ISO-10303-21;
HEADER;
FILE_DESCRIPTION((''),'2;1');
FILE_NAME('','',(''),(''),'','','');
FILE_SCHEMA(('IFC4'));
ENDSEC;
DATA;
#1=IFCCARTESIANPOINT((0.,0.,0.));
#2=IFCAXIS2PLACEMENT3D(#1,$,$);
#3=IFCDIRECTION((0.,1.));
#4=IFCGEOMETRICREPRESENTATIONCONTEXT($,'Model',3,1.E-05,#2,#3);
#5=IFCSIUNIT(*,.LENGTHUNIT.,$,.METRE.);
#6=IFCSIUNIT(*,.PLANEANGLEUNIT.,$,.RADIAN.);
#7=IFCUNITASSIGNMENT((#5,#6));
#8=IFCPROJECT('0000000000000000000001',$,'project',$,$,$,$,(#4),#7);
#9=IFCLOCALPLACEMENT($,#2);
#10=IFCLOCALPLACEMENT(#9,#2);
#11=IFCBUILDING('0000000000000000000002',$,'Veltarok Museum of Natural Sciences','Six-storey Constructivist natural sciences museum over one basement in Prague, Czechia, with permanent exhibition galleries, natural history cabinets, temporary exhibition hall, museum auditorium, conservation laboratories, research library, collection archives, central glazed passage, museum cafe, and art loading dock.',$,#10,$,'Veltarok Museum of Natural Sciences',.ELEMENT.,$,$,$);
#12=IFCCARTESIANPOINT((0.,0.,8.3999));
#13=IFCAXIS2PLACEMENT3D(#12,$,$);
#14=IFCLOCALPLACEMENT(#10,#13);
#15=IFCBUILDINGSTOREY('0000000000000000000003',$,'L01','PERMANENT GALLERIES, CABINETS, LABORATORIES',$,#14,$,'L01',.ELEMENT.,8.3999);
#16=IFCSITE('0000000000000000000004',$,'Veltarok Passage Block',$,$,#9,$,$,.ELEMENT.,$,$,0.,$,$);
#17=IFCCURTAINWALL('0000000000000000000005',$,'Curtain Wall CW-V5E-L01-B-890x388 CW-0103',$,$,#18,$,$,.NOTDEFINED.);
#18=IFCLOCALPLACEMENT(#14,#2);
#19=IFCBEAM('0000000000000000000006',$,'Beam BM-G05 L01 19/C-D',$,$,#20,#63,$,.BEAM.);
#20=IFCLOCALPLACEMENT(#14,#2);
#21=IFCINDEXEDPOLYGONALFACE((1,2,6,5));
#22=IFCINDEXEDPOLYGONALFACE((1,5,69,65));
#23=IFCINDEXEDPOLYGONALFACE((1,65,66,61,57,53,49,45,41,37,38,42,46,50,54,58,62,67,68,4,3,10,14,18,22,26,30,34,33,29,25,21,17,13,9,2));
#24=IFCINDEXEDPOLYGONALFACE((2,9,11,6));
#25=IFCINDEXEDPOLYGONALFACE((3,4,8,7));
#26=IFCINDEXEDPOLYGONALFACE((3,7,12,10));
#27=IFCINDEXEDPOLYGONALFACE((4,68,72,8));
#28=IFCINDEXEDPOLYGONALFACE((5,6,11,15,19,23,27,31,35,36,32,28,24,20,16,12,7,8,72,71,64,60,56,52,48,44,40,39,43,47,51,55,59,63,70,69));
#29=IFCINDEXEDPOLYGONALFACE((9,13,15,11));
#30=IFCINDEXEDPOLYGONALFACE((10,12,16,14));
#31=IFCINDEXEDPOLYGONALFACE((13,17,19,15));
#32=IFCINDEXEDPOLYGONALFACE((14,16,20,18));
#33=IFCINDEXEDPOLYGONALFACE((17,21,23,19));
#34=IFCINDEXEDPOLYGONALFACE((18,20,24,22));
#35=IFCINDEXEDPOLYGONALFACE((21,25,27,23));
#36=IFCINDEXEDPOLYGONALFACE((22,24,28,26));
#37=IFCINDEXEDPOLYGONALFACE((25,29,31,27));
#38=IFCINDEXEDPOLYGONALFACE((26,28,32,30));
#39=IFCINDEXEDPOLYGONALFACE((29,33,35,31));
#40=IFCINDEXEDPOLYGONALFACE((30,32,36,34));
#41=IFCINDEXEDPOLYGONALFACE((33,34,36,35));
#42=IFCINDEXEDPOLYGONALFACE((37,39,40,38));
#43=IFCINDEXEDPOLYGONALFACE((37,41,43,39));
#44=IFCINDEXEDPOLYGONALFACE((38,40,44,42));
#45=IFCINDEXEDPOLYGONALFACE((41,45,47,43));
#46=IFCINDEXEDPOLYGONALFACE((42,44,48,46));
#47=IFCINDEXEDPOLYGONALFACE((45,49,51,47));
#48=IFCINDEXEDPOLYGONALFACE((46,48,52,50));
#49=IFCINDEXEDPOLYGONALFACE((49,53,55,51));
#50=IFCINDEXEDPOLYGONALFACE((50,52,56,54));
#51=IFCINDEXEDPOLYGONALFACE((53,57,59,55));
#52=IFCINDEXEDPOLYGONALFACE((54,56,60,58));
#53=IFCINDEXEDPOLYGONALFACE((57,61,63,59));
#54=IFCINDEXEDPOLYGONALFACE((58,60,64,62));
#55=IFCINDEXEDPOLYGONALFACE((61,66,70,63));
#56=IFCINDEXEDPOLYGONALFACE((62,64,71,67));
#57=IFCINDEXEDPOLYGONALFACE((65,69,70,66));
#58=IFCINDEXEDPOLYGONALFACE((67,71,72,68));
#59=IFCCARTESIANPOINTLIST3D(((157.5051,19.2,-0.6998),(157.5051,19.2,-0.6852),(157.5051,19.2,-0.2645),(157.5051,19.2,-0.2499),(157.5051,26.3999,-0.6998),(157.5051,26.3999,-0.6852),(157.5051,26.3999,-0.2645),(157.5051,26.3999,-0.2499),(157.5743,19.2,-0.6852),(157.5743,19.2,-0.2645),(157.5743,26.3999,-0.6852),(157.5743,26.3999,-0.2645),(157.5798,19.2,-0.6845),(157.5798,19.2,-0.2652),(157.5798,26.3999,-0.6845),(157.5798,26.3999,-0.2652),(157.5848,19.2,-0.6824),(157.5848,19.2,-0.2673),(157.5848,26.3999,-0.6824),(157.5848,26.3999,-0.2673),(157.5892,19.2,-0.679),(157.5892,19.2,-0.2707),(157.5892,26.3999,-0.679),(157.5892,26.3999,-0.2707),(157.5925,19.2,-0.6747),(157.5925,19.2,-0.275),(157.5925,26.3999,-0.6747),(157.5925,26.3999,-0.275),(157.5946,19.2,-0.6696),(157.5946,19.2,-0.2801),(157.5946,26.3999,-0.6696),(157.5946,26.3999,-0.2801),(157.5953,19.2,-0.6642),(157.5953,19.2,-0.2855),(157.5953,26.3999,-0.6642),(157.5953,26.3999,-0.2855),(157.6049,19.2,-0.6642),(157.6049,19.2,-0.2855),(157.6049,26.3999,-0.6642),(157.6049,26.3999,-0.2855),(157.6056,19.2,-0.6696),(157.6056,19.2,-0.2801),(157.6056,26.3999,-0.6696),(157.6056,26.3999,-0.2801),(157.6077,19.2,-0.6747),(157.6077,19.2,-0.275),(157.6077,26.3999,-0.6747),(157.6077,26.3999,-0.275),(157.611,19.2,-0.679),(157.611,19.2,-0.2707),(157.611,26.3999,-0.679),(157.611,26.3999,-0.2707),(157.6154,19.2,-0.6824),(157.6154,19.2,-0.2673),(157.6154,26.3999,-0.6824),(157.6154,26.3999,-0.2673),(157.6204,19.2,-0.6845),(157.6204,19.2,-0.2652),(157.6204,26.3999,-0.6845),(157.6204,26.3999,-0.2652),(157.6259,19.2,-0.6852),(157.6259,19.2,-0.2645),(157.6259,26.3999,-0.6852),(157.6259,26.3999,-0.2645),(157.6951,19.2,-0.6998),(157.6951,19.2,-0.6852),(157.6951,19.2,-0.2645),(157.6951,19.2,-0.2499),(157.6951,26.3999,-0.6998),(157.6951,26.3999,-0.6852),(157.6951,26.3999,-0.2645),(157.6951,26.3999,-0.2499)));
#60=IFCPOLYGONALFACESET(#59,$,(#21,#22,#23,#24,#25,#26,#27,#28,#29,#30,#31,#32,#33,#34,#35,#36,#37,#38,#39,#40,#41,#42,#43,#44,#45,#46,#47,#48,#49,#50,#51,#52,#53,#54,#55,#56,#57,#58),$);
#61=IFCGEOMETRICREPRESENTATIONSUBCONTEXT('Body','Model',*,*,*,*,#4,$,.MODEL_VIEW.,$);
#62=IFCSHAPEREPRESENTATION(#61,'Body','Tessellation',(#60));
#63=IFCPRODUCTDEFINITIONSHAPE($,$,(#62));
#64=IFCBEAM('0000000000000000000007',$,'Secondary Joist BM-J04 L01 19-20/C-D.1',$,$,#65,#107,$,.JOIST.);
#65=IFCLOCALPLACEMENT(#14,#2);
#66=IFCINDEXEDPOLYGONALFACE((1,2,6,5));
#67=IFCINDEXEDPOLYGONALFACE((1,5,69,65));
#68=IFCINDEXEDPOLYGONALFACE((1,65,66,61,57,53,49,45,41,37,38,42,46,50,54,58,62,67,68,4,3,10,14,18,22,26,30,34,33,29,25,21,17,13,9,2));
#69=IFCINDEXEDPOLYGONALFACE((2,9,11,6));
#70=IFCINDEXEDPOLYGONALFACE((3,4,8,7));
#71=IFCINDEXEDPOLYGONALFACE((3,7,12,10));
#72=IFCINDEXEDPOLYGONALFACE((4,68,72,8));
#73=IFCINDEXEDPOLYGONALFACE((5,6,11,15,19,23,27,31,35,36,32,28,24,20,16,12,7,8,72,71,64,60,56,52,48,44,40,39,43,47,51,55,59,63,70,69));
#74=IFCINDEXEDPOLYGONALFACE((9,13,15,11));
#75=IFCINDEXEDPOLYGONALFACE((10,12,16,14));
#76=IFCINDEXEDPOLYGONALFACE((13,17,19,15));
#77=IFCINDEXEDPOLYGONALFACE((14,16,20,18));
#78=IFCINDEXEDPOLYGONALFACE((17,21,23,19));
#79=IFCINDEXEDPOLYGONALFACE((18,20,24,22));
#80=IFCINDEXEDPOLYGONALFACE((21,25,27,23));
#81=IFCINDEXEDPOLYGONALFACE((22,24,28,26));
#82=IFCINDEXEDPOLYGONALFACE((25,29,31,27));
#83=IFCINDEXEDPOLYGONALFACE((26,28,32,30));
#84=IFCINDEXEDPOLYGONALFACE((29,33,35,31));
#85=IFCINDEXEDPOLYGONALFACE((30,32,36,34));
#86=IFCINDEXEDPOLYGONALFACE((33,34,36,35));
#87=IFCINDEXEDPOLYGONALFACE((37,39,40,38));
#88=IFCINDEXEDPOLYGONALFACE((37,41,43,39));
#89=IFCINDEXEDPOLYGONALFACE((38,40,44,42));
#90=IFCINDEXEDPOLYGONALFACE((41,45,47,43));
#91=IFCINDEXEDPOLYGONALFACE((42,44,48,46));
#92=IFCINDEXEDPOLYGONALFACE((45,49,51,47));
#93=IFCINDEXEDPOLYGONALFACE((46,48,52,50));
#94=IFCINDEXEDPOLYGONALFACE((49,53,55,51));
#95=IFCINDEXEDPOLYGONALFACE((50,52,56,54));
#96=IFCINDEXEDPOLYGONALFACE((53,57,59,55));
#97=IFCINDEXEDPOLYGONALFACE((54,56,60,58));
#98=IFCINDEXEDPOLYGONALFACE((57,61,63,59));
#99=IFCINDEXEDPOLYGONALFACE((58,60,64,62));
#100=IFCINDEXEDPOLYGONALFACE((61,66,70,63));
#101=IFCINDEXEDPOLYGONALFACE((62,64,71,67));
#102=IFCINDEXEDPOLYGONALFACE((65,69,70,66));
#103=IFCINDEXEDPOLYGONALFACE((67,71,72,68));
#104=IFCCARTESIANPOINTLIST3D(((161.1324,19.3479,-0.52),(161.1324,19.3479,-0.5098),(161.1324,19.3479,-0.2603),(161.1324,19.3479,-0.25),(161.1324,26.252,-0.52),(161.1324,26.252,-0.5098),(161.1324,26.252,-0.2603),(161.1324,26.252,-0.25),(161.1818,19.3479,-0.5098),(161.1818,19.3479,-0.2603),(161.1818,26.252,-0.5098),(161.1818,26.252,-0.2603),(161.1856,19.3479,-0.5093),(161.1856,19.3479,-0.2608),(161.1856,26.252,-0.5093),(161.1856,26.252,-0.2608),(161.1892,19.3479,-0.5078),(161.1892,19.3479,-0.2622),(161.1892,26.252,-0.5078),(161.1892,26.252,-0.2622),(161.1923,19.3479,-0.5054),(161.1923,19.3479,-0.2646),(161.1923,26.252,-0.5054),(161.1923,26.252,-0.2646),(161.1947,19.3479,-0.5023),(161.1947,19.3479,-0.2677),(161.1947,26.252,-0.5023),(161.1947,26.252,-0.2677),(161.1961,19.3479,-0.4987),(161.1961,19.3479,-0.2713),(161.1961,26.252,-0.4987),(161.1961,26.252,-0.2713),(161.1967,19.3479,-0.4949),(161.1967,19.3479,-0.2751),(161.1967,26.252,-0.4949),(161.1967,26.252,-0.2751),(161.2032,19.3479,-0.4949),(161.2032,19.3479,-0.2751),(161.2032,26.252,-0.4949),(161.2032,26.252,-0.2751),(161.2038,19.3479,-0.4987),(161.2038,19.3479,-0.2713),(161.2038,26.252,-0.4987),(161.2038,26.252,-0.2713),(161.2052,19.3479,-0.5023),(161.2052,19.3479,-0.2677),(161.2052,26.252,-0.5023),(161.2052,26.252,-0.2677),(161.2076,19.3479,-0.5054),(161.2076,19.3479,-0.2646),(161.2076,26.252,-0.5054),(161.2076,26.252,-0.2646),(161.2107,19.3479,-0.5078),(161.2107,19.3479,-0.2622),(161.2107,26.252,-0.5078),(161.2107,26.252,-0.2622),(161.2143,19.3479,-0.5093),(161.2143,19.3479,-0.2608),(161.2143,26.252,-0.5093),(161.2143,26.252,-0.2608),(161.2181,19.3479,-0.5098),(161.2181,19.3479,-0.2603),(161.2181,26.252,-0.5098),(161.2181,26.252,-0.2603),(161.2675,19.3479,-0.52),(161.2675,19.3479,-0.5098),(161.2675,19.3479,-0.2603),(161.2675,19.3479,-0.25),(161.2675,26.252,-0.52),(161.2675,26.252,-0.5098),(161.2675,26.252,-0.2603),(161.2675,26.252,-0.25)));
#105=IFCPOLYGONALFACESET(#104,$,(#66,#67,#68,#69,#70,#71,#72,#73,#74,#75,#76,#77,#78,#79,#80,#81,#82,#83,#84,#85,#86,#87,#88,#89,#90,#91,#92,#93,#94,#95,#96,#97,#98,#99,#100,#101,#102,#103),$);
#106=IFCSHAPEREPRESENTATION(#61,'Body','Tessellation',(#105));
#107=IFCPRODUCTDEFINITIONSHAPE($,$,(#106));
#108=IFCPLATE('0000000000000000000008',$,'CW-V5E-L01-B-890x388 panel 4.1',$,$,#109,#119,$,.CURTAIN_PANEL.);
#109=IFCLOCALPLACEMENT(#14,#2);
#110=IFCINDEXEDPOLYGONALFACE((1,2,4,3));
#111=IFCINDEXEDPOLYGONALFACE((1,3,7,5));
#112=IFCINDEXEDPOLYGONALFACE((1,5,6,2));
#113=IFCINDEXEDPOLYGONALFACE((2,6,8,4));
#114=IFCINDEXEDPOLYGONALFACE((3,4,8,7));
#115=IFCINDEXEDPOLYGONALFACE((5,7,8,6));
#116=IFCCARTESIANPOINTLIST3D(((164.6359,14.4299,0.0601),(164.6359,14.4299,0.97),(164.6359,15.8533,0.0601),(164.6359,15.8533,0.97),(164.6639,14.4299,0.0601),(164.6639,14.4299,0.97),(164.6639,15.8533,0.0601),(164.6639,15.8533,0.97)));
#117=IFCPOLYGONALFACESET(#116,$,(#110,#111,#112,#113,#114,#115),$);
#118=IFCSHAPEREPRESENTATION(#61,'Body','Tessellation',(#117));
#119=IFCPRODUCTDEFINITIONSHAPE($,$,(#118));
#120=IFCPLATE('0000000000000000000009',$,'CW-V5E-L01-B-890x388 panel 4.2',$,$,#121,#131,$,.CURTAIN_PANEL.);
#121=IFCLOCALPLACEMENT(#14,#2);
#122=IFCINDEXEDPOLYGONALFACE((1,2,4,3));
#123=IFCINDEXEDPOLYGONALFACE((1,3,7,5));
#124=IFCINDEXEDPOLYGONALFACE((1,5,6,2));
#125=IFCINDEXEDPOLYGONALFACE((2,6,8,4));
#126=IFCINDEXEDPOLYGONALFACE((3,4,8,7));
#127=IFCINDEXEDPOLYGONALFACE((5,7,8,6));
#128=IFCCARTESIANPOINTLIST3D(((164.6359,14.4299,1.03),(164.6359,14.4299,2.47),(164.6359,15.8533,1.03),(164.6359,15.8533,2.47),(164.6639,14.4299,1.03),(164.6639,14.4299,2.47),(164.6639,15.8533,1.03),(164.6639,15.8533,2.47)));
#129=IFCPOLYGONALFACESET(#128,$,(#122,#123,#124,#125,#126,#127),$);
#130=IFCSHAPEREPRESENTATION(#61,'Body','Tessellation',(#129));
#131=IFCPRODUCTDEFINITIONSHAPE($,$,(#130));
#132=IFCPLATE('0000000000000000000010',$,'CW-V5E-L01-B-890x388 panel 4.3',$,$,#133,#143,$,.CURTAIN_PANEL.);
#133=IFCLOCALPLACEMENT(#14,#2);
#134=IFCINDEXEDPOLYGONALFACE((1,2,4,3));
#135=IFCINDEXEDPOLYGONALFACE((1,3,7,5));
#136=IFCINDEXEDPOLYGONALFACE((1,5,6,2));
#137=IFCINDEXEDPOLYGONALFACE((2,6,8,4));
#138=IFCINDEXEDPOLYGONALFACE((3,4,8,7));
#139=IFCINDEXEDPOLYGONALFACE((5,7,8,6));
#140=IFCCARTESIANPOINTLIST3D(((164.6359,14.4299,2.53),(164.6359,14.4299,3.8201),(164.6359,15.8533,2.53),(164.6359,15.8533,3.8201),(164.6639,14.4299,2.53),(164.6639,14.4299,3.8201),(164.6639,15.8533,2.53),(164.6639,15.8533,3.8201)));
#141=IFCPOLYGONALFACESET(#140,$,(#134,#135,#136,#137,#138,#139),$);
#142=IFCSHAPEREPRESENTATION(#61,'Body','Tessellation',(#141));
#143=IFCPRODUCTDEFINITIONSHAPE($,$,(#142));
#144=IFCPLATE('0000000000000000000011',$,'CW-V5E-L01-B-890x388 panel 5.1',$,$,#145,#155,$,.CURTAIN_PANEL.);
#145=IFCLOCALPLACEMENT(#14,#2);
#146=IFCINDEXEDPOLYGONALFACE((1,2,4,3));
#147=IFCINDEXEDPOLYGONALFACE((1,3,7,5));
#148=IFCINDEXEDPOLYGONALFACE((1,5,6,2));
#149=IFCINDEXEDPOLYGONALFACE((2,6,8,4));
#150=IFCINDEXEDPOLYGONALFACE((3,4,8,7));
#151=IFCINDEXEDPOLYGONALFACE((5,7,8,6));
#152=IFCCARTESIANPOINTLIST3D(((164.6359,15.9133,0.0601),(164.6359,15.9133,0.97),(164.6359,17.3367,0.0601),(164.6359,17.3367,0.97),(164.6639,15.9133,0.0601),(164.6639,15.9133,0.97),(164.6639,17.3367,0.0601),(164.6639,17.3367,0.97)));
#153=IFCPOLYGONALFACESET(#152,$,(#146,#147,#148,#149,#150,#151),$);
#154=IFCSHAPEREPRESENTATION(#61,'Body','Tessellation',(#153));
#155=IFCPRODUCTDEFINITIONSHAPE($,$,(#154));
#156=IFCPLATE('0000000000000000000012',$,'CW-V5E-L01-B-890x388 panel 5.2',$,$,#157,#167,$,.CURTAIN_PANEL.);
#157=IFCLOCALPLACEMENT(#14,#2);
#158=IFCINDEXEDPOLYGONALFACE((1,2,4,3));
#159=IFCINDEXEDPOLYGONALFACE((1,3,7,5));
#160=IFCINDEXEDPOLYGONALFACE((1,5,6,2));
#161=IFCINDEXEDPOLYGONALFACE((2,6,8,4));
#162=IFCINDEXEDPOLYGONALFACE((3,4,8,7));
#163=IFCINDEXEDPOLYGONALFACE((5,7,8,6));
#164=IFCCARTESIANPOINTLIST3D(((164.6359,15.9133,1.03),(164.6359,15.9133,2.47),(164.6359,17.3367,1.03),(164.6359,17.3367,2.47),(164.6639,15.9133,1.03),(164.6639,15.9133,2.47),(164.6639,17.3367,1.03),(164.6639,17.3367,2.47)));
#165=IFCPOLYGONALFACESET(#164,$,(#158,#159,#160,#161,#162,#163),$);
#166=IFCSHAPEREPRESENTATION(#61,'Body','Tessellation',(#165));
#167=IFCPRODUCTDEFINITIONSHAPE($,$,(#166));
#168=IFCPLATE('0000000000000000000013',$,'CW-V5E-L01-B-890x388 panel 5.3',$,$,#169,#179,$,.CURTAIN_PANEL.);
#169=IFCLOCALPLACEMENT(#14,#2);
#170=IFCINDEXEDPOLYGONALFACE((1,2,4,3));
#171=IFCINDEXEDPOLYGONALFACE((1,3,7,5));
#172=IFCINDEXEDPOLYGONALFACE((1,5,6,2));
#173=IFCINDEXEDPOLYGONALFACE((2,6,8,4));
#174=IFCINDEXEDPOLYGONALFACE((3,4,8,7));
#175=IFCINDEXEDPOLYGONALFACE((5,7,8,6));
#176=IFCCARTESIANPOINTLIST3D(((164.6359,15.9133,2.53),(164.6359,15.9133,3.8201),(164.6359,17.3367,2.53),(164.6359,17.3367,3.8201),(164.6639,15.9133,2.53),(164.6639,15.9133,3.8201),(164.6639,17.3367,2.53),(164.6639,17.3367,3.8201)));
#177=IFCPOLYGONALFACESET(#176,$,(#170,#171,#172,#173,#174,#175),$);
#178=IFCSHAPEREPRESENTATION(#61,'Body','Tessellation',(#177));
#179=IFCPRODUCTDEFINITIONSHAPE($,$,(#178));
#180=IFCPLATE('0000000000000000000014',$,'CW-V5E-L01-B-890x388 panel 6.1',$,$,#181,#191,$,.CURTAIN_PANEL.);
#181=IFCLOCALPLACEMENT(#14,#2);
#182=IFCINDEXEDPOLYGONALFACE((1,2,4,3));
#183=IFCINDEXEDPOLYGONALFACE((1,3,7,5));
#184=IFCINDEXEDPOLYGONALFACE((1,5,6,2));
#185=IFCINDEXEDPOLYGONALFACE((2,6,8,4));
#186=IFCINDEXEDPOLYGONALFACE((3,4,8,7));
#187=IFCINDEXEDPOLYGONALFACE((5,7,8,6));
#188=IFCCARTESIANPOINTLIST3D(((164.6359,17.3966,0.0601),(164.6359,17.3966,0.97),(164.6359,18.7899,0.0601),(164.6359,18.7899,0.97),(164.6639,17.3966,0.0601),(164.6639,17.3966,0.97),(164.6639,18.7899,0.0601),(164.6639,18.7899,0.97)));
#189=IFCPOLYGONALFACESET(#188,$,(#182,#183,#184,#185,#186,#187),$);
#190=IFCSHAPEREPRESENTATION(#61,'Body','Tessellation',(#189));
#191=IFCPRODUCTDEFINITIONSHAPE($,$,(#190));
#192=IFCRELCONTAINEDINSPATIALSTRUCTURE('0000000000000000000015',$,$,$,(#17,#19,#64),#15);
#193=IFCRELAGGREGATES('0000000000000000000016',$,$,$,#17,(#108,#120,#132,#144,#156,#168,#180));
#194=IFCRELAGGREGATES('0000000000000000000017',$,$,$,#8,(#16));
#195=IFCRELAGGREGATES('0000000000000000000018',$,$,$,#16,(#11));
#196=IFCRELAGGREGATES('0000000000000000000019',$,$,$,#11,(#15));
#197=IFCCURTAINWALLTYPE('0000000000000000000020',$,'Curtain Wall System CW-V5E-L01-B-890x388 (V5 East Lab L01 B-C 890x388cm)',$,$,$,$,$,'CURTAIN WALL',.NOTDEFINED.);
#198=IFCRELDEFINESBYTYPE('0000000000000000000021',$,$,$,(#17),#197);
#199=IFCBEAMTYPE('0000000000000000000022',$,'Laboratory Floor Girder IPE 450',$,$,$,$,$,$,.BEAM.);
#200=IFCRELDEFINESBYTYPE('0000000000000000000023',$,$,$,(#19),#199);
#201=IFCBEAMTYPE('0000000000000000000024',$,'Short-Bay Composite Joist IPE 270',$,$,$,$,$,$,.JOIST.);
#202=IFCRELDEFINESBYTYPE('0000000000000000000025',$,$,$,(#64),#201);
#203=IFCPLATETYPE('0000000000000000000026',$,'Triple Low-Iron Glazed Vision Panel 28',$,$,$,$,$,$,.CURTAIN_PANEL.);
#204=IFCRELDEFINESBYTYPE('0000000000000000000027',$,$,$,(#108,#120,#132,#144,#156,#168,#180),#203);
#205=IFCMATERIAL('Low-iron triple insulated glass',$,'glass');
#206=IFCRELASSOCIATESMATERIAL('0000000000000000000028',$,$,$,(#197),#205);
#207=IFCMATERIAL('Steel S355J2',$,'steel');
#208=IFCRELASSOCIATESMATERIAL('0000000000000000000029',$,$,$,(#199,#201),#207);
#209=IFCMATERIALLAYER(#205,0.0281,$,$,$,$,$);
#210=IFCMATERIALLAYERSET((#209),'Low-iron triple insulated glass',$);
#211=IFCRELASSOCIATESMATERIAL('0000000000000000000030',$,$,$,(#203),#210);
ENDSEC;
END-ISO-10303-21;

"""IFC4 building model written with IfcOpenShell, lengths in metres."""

from ifc_helpers import new_model, si_unit, direction, frame, origin, origin_2d, place, context, subcontext, project, spatial, rectangle, i_section, extrude, material, layer, layer_set, material_profile, profile_set, type_object, element, aggregate, save


model = new_model("IFC4")

# Units and contexts
model_context = context("Model", 3, precision=1e-05, world=origin(), true_north=direction((0.0, 1.0)))
body_context = subcontext(model_context, "Body", "Model", "MODEL_VIEW")
ifc_project = project(units=[si_unit("LENGTHUNIT", "METRE"), si_unit("PLANEANGLEUNIT", "RADIAN")], contexts=[model_context])

# Site, building, storey
site_placement = place(None, origin())
site = spatial("IfcSite", under=ifc_project, at=site_placement, Name="Veltarok Passage Block", CompositionType="ELEMENT", RefElevation=0.0)
building_placement = place(site_placement, origin())
building = spatial("IfcBuilding", under=site, at=building_placement, Name="Veltarok Museum of Natural Sciences", Description="Six-storey Constructivist natural sciences museum over one basement in Prague, Czechia, with permanent exhibition galleries, natural history cabinets, temporary exhibition hall, museum auditorium, conservation laboratories, research library, collection archives, central glazed passage, museum cafe, and art loading dock.", LongName="Veltarok Museum of Natural Sciences", CompositionType="ELEMENT")
storey_placement = place(building_placement, frame((0.0, 0.0, 8.3999)))
storey = spatial("IfcBuildingStorey", under=building, at=storey_placement, Name="L01", Description="PERMANENT GALLERIES, CABINETS, LABORATORIES", LongName="L01", CompositionType="ELEMENT", Elevation=8.3999)

# Shared definitions
ifc_material_1 = material(Name="Steel S355J2", Category="steel")

# Curtain wall
ifc_material_2 = material(Name="Low-iron triple insulated glass", Category="glass")
curtain_wall_type_1 = type_object("IfcCurtainWallType", Name="Curtain Wall System CW-V5E-L01-B-890x388 (V5 East Lab L01 B-C 890x388cm)", ElementType="CURTAIN WALL", PredefinedType="NOTDEFINED", material=ifc_material_2)
curtain_wall_1_placement = place(storey_placement, origin())
curtain_wall_1 = element("IfcCurtainWall", 1, at=curtain_wall_1_placement, inside=storey, type_object=curtain_wall_type_1, Name="Curtain Wall CW-V5E-L01-B-890x388 CW-0103", PredefinedType="NOTDEFINED")

# Beams
ifc_material_profile_1 = material_profile(ifc_material_1, i_section(OverallWidth=0.1899, OverallDepth=0.45, WebThickness=0.0095, FlangeThickness=0.0146, FilletRadius=0.021, at=origin_2d()), Name="IPE 450")
ifc_profile_set_1 = profile_set([ifc_material_profile_1], Name="Steel S355J2")
beam_type_1 = type_object("IfcBeamType", Name="Laboratory Floor Girder IPE 450", PredefinedType="BEAM", material=ifc_profile_set_1)
beam_1_placement = place(storey_placement, frame((157.6001, 19.2, -0.4749), z_axis=(0.0, 1.0, 0.0), x_axis=(-1.0, 0.0, 0.0)))
element("IfcBeam", 2, at=beam_1_placement, inside=storey, type_object=beam_type_1, Name="Beam BM-G05 L01 19/C-D", PredefinedType="BEAM", context=body_context, shape_type="SweptSolid", body=[
    extrude(i_section(OverallWidth=0.1899, OverallDepth=0.45, WebThickness=0.0095, FlangeThickness=0.0146, FilletRadius=0.021, at=origin_2d()), origin(), (0.0, 0.0, 1.0), 7.2),
])
ifc_material_profile_2 = material_profile(ifc_material_1, i_section(OverallWidth=0.135, OverallDepth=0.27, WebThickness=0.0066, FlangeThickness=0.0103, FilletRadius=0.0149, at=origin_2d()), Name="IPE 270")
ifc_profile_set_2 = profile_set([ifc_material_profile_2], Name="Steel S355J2")
beam_type_2 = type_object("IfcBeamType", Name="Short-Bay Composite Joist IPE 270", PredefinedType="JOIST", material=ifc_profile_set_2)
beam_2_placement = place(storey_placement, frame((161.2, 19.3479, -0.385), z_axis=(0.0, 1.0, 0.0), x_axis=(-1.0, 0.0, 0.0)))
element("IfcBeam", 3, at=beam_2_placement, inside=storey, type_object=beam_type_2, Name="Secondary Joist BM-J04 L01 19-20/C-D.1", PredefinedType="JOIST", context=body_context, shape_type="SweptSolid", body=[
    extrude(i_section(OverallWidth=0.135, OverallDepth=0.27, WebThickness=0.0066, FlangeThickness=0.0103, FilletRadius=0.0149, at=origin_2d()), origin(), (0.0, 0.0, 1.0), 6.9041),
])

# Plates
ifc_layer = layer(ifc_material_2, 0.0281)
ifc_layer_set = layer_set([ifc_layer], Name="Low-iron triple insulated glass")
plate_type = type_object("IfcPlateType", Name="Triple Low-Iron Glazed Vision Panel 28", PredefinedType="CURTAIN_PANEL", material=ifc_layer_set)
plate_1_placement = place(storey_placement, frame((164.6499, 15.1416, 0.0601), z_axis=(0.0, 0.0, 1.0), x_axis=(0.0, 1.0, 0.0)))
plate_1 = element("IfcPlate", 4, at=plate_1_placement, type_object=plate_type, Name="CW-V5E-L01-B-890x388 panel 4.1", PredefinedType="CURTAIN_PANEL", context=body_context, shape_type="SweptSolid", body=[
    extrude(rectangle(XDim=1.4233, YDim=0.0281, at=origin_2d()), origin(), (0.0, 0.0, 1.0), 0.9099),
])
plate_2_placement = place(storey_placement, frame((164.6499, 15.1416, 1.03), z_axis=(0.0, 0.0, 1.0), x_axis=(0.0, 1.0, 0.0)))
plate_2 = element("IfcPlate", 5, at=plate_2_placement, type_object=plate_type, Name="CW-V5E-L01-B-890x388 panel 4.2", PredefinedType="CURTAIN_PANEL", context=body_context, shape_type="SweptSolid", body=[
    extrude(rectangle(XDim=1.4233, YDim=0.0281, at=origin_2d()), origin(), (0.0, 0.0, 1.0), 1.4399),
])
plate_3_placement = place(storey_placement, frame((164.6499, 15.1416, 2.53), z_axis=(0.0, 0.0, 1.0), x_axis=(0.0, 1.0, 0.0)))
plate_3 = element("IfcPlate", 6, at=plate_3_placement, type_object=plate_type, Name="CW-V5E-L01-B-890x388 panel 4.3", PredefinedType="CURTAIN_PANEL", context=body_context, shape_type="SweptSolid", body=[
    extrude(rectangle(XDim=1.4233, YDim=0.0281, at=origin_2d()), origin(), (0.0, 0.0, 1.0), 1.29),
])
plate_4_placement = place(storey_placement, frame((164.6499, 16.625, 0.0601), z_axis=(0.0, 0.0, 1.0), x_axis=(0.0, 1.0, 0.0)))
plate_4 = element("IfcPlate", 7, at=plate_4_placement, type_object=plate_type, Name="CW-V5E-L01-B-890x388 panel 5.1", PredefinedType="CURTAIN_PANEL", context=body_context, shape_type="SweptSolid", body=[
    extrude(rectangle(XDim=1.4233, YDim=0.0281, at=origin_2d()), origin(), (0.0, 0.0, 1.0), 0.9099),
])
plate_5_placement = place(storey_placement, frame((164.6499, 16.625, 1.03), z_axis=(0.0, 0.0, 1.0), x_axis=(0.0, 1.0, 0.0)))
plate_5 = element("IfcPlate", 8, at=plate_5_placement, type_object=plate_type, Name="CW-V5E-L01-B-890x388 panel 5.2", PredefinedType="CURTAIN_PANEL", context=body_context, shape_type="SweptSolid", body=[
    extrude(rectangle(XDim=1.4233, YDim=0.0281, at=origin_2d()), origin(), (0.0, 0.0, 1.0), 1.4399),
])
plate_6_placement = place(storey_placement, frame((164.6499, 16.625, 2.53), z_axis=(0.0, 0.0, 1.0), x_axis=(0.0, 1.0, 0.0)))
plate_6 = element("IfcPlate", 9, at=plate_6_placement, type_object=plate_type, Name="CW-V5E-L01-B-890x388 panel 5.3", PredefinedType="CURTAIN_PANEL", context=body_context, shape_type="SweptSolid", body=[
    extrude(rectangle(XDim=1.4233, YDim=0.0281, at=origin_2d()), origin(), (0.0, 0.0, 1.0), 1.29),
])
plate_7_placement = place(storey_placement, frame((164.6499, 18.0933, 0.0601), z_axis=(0.0, 0.0, 1.0), x_axis=(0.0, 1.0, 0.0)))
plate_7 = element("IfcPlate", 10, at=plate_7_placement, type_object=plate_type, Name="CW-V5E-L01-B-890x388 panel 6.1", PredefinedType="CURTAIN_PANEL", context=body_context, shape_type="SweptSolid", body=[
    extrude(rectangle(XDim=1.3933, YDim=0.0281, at=origin_2d()), origin(), (0.0, 0.0, 1.0), 0.9099),
])
aggregate(curtain_wall_1, [plate_1, plate_2, plate_3, plate_4, plate_5, plate_6, plate_7])

save(model, "model.ifc")
